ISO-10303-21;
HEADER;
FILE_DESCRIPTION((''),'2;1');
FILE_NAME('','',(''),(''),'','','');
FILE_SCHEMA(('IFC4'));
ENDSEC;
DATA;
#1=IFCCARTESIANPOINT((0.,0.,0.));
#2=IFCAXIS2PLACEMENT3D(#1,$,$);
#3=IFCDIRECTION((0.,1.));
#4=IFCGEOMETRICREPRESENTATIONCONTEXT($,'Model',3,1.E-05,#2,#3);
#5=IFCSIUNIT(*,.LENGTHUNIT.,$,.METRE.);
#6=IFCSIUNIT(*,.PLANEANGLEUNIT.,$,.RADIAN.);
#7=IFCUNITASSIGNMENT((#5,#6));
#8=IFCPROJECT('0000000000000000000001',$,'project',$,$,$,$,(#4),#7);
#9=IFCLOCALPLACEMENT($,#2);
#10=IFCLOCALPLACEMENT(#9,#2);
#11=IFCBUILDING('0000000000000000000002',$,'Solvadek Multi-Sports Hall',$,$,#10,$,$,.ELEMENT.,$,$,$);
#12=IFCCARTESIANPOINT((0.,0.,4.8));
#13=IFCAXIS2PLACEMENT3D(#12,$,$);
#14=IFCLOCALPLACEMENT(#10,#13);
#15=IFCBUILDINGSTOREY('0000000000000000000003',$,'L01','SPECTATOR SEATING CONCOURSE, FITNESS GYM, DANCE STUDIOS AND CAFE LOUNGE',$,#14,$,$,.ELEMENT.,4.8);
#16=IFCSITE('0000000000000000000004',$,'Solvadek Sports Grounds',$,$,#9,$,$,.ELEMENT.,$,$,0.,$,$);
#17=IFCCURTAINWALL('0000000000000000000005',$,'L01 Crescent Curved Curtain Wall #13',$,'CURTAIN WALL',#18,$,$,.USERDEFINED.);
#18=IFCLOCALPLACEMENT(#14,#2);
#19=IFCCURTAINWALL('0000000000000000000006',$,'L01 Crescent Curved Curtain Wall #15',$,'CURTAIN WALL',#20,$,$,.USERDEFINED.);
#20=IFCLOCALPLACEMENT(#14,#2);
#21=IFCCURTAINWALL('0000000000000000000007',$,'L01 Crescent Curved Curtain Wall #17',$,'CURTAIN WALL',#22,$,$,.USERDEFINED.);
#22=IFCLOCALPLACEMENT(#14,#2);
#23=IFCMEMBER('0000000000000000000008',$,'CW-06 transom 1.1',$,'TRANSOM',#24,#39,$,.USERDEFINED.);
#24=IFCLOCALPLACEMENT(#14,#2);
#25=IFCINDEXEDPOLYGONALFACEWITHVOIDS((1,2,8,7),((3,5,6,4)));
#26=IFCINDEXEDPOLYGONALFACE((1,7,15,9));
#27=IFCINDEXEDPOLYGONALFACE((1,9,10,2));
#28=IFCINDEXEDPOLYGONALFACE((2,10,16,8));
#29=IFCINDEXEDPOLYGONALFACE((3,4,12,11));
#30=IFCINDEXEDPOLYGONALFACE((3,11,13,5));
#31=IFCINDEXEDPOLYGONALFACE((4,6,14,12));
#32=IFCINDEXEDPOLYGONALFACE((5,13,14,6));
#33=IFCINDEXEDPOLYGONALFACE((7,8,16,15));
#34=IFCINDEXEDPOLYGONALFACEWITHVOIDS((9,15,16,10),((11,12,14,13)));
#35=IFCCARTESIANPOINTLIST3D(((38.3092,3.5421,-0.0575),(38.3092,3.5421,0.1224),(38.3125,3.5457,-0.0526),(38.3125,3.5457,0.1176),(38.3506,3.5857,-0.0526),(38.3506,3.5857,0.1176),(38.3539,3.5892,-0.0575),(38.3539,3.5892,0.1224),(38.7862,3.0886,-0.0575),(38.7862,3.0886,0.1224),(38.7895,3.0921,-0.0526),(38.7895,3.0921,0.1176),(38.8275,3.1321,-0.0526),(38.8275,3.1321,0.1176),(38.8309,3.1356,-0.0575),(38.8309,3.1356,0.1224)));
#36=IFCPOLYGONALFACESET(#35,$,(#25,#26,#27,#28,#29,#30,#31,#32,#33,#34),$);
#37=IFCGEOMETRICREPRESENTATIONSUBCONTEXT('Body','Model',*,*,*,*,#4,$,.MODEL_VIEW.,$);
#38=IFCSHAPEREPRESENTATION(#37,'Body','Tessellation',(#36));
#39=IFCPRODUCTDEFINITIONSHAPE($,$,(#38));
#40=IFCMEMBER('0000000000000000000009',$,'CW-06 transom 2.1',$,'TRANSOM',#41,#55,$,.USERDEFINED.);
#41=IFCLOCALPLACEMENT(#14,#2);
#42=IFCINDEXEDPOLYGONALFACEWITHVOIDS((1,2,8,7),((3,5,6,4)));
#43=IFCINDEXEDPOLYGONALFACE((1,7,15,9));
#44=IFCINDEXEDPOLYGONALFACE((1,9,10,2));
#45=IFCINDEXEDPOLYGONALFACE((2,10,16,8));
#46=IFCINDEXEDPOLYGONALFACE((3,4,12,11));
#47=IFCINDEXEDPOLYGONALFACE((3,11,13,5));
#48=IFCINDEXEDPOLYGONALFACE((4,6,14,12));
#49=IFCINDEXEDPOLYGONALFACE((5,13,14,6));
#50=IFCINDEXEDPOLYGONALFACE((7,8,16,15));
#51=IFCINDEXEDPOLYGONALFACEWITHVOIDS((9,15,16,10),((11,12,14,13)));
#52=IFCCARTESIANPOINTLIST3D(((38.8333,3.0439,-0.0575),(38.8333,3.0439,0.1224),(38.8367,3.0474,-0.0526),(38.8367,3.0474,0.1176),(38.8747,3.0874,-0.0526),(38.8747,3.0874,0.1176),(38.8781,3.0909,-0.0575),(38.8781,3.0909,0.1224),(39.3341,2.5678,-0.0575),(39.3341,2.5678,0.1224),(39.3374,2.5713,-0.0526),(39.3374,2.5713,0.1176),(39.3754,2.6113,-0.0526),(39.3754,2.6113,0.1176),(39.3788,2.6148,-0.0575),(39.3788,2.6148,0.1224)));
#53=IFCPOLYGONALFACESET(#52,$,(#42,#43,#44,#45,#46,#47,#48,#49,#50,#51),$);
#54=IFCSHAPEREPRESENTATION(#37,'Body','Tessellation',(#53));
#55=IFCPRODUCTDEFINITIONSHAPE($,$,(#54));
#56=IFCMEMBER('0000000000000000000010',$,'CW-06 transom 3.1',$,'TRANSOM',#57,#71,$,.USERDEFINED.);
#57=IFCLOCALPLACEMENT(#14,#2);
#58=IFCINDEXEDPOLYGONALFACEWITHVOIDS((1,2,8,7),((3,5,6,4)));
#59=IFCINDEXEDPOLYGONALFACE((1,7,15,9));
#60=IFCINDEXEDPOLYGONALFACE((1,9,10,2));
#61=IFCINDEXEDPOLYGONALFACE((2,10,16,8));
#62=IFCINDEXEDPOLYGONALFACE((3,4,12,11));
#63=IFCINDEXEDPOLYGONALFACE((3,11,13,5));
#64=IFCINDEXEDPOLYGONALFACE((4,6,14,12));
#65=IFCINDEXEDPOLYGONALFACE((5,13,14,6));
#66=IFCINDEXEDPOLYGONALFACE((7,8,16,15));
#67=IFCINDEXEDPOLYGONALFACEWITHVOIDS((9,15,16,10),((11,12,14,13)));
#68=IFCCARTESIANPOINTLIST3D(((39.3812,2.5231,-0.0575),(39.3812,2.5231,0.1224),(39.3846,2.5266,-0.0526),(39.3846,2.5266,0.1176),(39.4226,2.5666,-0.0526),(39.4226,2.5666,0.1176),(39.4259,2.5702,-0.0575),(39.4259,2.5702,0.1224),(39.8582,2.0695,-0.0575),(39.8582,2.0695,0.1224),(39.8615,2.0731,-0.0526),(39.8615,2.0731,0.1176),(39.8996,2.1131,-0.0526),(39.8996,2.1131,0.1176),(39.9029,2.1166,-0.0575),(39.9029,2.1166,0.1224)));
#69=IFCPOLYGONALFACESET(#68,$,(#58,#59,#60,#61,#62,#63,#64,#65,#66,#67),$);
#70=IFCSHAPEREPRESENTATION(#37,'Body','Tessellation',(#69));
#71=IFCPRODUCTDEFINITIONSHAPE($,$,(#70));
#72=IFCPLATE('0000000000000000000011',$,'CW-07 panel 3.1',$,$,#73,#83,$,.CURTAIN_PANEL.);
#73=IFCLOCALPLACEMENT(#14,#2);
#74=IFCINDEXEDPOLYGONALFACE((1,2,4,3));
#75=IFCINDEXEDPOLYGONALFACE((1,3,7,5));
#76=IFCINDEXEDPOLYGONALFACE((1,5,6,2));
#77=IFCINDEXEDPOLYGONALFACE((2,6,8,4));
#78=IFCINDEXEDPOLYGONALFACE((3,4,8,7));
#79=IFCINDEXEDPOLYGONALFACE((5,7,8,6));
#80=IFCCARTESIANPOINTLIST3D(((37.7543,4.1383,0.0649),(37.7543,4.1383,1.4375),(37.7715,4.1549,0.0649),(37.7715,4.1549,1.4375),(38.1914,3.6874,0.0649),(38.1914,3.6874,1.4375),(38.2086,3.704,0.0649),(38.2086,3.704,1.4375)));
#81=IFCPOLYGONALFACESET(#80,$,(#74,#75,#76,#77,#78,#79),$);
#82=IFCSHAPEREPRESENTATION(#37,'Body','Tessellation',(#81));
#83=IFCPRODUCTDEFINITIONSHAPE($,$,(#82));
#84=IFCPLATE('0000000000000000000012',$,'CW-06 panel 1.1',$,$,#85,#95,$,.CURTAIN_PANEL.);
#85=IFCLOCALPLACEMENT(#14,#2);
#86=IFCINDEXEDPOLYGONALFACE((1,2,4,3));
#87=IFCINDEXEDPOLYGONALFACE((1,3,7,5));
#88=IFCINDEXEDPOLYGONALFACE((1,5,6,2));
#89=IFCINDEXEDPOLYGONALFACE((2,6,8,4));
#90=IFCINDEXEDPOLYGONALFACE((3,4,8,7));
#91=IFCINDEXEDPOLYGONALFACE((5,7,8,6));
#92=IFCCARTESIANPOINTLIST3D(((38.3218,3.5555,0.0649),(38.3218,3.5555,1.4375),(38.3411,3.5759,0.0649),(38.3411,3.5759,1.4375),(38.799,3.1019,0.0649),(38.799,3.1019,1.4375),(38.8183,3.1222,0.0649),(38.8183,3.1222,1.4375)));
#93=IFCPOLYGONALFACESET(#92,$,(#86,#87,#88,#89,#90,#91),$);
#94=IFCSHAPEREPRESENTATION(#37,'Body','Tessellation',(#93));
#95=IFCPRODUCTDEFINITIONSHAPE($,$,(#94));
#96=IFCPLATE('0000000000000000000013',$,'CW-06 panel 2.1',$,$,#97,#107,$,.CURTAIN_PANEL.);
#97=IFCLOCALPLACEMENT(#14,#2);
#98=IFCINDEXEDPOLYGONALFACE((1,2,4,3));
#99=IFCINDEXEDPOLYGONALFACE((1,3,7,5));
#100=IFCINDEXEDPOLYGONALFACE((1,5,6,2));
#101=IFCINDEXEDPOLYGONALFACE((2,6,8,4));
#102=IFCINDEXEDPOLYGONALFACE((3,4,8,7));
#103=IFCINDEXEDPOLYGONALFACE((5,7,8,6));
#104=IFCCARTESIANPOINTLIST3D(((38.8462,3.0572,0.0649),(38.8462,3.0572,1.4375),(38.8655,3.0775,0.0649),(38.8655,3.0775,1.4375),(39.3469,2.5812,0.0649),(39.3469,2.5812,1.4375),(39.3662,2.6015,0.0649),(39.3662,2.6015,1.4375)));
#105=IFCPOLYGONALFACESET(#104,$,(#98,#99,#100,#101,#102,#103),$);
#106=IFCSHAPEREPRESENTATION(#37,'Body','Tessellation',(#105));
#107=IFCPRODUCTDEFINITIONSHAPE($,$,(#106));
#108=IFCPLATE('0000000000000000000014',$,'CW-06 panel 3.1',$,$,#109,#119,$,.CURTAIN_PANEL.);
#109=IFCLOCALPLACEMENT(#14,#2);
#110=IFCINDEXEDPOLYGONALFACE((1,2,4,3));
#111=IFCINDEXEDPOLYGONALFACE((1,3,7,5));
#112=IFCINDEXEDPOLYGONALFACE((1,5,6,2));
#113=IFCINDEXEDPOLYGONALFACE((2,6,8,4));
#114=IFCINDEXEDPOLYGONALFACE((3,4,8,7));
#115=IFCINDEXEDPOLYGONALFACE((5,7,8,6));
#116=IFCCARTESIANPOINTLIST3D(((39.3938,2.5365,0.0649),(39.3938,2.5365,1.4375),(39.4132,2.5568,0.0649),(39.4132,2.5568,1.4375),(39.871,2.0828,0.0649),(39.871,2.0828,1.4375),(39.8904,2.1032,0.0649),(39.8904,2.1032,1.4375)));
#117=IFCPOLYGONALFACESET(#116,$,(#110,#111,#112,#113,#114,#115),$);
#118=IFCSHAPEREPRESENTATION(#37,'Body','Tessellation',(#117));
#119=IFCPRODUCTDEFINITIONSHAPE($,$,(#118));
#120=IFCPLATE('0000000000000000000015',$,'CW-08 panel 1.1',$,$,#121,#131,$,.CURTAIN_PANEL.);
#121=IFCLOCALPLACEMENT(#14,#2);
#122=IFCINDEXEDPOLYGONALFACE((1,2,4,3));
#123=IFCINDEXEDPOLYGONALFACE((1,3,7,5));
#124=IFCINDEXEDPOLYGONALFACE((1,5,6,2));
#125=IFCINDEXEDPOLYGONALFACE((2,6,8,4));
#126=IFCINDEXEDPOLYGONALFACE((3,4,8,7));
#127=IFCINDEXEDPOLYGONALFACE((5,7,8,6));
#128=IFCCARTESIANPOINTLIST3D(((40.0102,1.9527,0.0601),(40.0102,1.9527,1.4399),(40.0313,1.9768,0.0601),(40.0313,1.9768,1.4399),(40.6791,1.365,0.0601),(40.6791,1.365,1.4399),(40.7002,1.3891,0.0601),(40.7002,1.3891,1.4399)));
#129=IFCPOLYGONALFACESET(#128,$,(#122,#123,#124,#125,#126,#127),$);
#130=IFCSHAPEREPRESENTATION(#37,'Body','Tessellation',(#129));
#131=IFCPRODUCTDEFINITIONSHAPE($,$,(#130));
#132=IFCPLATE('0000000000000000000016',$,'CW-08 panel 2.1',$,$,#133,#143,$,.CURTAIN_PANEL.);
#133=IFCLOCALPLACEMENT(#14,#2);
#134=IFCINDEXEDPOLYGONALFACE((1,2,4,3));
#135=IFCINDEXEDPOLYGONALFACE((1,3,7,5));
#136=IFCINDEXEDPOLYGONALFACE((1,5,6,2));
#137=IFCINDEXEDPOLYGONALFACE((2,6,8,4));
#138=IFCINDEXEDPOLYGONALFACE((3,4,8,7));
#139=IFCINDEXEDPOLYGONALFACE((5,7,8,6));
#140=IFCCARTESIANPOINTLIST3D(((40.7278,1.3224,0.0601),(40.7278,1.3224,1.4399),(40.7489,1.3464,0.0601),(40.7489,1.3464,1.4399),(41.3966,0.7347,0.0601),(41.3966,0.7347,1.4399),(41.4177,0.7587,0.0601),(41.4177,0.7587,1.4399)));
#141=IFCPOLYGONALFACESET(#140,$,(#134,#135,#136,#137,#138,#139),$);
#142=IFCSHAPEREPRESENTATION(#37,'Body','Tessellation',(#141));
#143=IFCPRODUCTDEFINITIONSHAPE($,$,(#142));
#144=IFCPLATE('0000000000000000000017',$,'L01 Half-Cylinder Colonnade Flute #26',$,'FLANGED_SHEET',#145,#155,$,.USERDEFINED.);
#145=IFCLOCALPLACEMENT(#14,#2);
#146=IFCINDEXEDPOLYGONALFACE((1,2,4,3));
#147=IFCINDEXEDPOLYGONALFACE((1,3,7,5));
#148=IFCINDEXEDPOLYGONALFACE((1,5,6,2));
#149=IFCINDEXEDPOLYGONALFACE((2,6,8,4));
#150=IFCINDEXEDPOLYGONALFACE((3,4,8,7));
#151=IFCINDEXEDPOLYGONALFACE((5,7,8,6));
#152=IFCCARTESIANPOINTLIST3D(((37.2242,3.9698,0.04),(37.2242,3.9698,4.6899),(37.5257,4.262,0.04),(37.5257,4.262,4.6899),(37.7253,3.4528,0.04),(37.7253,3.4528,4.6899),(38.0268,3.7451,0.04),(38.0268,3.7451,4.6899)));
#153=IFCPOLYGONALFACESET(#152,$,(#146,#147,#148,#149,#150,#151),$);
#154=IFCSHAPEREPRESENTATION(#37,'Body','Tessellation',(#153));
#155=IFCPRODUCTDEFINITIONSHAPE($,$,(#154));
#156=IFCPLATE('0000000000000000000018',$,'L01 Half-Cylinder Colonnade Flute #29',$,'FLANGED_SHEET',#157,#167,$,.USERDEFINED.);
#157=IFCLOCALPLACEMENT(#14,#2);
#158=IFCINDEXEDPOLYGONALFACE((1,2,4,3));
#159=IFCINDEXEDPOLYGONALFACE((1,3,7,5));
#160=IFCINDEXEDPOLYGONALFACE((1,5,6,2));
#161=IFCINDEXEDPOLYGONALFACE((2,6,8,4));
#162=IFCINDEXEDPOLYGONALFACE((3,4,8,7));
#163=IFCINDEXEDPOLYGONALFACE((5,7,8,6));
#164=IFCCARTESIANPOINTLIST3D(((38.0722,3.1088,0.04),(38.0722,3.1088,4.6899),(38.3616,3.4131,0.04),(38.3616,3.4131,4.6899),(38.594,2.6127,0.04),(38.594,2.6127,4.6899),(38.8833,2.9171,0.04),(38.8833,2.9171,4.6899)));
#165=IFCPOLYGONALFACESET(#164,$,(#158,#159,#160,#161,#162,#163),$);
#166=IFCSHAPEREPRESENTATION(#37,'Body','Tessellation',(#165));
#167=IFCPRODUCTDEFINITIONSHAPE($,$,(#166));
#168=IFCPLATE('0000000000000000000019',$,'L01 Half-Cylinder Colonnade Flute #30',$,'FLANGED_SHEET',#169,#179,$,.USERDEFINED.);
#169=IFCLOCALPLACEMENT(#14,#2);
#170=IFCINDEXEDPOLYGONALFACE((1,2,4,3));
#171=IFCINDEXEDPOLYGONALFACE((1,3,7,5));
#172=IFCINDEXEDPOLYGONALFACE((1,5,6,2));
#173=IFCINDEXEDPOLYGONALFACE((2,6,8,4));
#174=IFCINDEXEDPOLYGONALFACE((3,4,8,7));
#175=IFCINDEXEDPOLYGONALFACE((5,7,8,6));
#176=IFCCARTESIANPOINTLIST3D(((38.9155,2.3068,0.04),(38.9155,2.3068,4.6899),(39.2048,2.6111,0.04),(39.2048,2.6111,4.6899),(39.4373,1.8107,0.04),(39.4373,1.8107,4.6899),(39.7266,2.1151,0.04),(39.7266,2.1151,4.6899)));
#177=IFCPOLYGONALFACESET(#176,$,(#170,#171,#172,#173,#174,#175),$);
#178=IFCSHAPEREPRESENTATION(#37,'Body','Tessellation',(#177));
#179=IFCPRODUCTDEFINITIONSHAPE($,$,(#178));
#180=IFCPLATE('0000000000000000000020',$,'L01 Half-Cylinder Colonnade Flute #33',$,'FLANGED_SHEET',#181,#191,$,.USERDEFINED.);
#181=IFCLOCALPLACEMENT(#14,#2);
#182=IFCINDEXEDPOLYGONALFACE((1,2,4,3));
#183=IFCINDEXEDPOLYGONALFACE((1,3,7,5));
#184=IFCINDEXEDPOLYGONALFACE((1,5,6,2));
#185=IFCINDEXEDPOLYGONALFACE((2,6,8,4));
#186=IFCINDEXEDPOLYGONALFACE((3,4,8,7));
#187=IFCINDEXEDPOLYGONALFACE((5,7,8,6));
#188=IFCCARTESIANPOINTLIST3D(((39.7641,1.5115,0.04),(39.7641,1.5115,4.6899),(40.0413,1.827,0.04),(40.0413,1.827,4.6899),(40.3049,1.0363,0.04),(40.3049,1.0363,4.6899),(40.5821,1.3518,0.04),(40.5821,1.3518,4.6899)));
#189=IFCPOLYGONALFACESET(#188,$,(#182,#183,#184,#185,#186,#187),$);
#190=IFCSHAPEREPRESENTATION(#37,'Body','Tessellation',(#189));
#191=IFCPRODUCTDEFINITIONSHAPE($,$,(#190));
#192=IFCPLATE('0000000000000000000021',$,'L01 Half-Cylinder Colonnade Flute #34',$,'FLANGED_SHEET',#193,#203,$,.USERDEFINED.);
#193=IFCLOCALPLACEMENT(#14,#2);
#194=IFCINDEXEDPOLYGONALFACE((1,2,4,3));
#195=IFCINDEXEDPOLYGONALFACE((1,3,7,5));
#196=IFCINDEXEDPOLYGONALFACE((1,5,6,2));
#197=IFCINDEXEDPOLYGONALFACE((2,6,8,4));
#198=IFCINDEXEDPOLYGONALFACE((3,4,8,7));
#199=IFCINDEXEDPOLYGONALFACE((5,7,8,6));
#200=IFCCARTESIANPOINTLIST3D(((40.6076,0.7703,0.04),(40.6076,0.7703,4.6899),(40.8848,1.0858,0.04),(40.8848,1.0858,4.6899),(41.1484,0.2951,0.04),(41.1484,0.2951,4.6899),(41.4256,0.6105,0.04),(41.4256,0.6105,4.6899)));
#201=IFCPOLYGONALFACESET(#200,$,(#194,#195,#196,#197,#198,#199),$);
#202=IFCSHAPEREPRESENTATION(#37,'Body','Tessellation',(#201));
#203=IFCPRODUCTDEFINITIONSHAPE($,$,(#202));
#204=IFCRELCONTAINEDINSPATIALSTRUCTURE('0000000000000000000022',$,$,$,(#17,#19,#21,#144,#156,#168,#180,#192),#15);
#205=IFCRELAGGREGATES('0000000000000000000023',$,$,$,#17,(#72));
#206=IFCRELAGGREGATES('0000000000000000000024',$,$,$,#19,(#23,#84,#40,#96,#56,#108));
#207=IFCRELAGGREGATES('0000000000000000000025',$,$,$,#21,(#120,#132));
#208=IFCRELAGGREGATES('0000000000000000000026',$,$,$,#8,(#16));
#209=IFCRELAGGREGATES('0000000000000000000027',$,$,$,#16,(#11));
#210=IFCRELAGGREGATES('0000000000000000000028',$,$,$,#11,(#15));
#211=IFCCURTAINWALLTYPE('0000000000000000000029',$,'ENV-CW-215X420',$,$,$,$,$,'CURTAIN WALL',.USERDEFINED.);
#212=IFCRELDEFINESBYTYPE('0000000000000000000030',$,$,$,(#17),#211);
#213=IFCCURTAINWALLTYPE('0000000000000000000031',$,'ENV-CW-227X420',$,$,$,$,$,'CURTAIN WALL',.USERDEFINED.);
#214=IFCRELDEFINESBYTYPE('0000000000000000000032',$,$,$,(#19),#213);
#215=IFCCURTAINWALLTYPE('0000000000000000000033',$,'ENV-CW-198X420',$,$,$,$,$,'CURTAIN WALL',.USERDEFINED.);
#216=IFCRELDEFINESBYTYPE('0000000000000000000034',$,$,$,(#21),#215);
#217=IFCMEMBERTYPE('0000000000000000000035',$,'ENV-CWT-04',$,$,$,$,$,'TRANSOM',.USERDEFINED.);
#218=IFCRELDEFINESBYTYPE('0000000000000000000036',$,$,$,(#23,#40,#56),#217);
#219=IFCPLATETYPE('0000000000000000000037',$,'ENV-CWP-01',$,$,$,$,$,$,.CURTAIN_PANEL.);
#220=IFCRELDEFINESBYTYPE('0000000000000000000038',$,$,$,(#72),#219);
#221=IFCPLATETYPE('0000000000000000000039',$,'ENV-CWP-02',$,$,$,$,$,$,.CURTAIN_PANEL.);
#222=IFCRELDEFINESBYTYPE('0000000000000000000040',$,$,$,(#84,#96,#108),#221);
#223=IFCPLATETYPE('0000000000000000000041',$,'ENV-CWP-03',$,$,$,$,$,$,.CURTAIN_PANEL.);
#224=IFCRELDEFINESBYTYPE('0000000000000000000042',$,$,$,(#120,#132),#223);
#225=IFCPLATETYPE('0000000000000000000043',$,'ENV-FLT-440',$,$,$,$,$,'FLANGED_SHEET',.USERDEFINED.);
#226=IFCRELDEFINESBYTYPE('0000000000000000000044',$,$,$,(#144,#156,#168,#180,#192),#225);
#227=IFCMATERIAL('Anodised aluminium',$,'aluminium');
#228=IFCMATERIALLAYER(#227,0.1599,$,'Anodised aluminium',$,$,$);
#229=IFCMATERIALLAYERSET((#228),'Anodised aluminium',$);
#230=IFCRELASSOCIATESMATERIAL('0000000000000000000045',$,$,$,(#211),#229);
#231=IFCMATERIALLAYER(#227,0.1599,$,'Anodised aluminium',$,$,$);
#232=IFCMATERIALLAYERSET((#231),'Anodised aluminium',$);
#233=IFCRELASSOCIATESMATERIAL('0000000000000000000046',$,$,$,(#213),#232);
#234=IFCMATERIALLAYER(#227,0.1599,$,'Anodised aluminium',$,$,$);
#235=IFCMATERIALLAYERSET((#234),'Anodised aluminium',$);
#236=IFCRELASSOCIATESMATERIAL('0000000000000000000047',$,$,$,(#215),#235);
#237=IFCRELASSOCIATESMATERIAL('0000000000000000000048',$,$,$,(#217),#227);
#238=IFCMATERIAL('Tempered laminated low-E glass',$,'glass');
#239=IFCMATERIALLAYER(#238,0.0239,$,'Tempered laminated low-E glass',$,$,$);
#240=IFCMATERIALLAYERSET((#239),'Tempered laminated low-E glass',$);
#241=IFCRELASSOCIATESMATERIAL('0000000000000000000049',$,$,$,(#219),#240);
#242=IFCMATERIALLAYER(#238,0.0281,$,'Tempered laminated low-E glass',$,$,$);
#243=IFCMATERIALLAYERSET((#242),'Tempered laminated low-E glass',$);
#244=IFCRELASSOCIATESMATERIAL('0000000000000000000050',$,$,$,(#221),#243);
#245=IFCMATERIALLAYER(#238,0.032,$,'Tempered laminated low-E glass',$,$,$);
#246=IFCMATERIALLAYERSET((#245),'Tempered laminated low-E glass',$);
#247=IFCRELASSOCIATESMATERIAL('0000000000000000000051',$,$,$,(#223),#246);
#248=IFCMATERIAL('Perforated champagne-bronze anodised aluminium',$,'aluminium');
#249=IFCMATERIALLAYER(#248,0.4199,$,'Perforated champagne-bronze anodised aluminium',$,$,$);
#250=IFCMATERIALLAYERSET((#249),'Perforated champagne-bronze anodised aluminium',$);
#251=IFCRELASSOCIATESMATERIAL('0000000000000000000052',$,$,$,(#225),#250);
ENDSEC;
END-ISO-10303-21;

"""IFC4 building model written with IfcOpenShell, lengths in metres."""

from ifc_helpers import new_model, si_unit, direction, frame, origin, origin_2d, place, context, subcontext, project, spatial, rectangle, hollow_rectangle, extrude, material, layer, layer_set, material_profile, profile_set, type_object, element, aggregate, save


model = new_model("IFC4")

# Units and contexts
model_context = context("Model", 3, precision=1e-05, world=origin(), true_north=direction((0.0, 1.0)))
body_context = subcontext(model_context, "Body", "Model", "MODEL_VIEW")
ifc_project = project(units=[si_unit("LENGTHUNIT", "METRE"), si_unit("PLANEANGLEUNIT", "RADIAN")], contexts=[model_context])

# Site, building, storey
site_placement = place(None, origin())
site = spatial("IfcSite", under=ifc_project, at=site_placement, Name="Solvadek Sports Grounds", CompositionType="ELEMENT", RefElevation=0.0)
building_placement = place(site_placement, origin())
building = spatial("IfcBuilding", under=site, at=building_placement, Name="Solvadek Multi-Sports Hall", CompositionType="ELEMENT")
storey_placement = place(building_placement, frame((0.0, 0.0, 4.8)))
storey = spatial("IfcBuildingStorey", under=building, at=storey_placement, Name="L01", Description="SPECTATOR SEATING CONCOURSE, FITNESS GYM, DANCE STUDIOS AND CAFE LOUNGE", CompositionType="ELEMENT", Elevation=4.8)

# Curtain wall
ifc_material_1 = material(Name="Anodised aluminium", Category="aluminium")
ifc_layer_1 = layer(ifc_material_1, 0.1599, Name="Anodised aluminium")
ifc_layer_set_1 = layer_set([ifc_layer_1], Name="Anodised aluminium")
curtain_wall_type_1 = type_object("IfcCurtainWallType", Name="ENV-CW-215X420", ElementType="CURTAIN WALL", PredefinedType="USERDEFINED", material=ifc_layer_set_1)
curtain_wall_1_placement = place(storey_placement, origin())
curtain_wall_1 = element("IfcCurtainWall", 1, at=curtain_wall_1_placement, inside=storey, type_object=curtain_wall_type_1, Name="L01 Crescent Curved Curtain Wall #13", ObjectType="CURTAIN WALL", PredefinedType="USERDEFINED")

# Curtain walls
ifc_layer_2 = layer(ifc_material_1, 0.1599, Name="Anodised aluminium")
ifc_layer_set_2 = layer_set([ifc_layer_2], Name="Anodised aluminium")
curtain_wall_type_2 = type_object("IfcCurtainWallType", Name="ENV-CW-227X420", ElementType="CURTAIN WALL", PredefinedType="USERDEFINED", material=ifc_layer_set_2)
curtain_wall_2_placement = place(storey_placement, origin())
curtain_wall_2 = element("IfcCurtainWall", 2, at=curtain_wall_2_placement, inside=storey, type_object=curtain_wall_type_2, Name="L01 Crescent Curved Curtain Wall #15", ObjectType="CURTAIN WALL", PredefinedType="USERDEFINED")
ifc_layer_3 = layer(ifc_material_1, 0.1599, Name="Anodised aluminium")
ifc_layer_set_3 = layer_set([ifc_layer_3], Name="Anodised aluminium")
curtain_wall_type_3 = type_object("IfcCurtainWallType", Name="ENV-CW-198X420", ElementType="CURTAIN WALL", PredefinedType="USERDEFINED", material=ifc_layer_set_3)
curtain_wall_3_placement = place(storey_placement, origin())
curtain_wall_3 = element("IfcCurtainWall", 3, at=curtain_wall_3_placement, inside=storey, type_object=curtain_wall_type_3, Name="L01 Crescent Curved Curtain Wall #17", ObjectType="CURTAIN WALL", PredefinedType="USERDEFINED")

# Members
ifc_material_profile_1 = material_profile(ifc_material_1, hollow_rectangle(XDim=0.0649, YDim=0.1799, WallThickness=0.0049, at=origin_2d()), Name="ALU-T 180x65x5")
ifc_profile_set_1 = profile_set([ifc_material_profile_1], Name="Anodised aluminium")
member_type_1 = type_object("IfcMemberType", Name="ENV-CWT-04", ElementType="TRANSOM", PredefinedType="USERDEFINED", material=ifc_profile_set_1)
member_1_placement = place(storey_placement, frame((38.3315, 3.5657, 0.0325), z_axis=(0.724685, -0.689081, 0.0), x_axis=(0.689081, 0.724685, 0.0)))
member_1 = element("IfcMember", 4, at=member_1_placement, type_object=member_type_1, Name="CW-06 transom 1.1", ObjectType="TRANSOM", PredefinedType="USERDEFINED", context=body_context, shape_type="SweptSolid", body=[
    extrude(hollow_rectangle(XDim=0.0649, YDim=0.1799, WallThickness=0.0049, at=origin_2d()), origin(), (0.0, 0.0, 1.0), 0.6582),
])
member_2_placement = place(storey_placement, frame((38.8557, 3.0674, 0.0325), z_axis=(0.724726, -0.689037, 0.0), x_axis=(0.689037, 0.724726, 0.0)))
member_2 = element("IfcMember", 5, at=member_2_placement, type_object=member_type_1, Name="CW-06 transom 2.1", ObjectType="TRANSOM", PredefinedType="USERDEFINED", context=body_context, shape_type="SweptSolid", body=[
    extrude(hollow_rectangle(XDim=0.0649, YDim=0.1799, WallThickness=0.0049, at=origin_2d()), origin(), (0.0, 0.0, 1.0), 0.6909),
])
member_3_placement = place(storey_placement, frame((39.4036, 2.5466, 0.0325), z_axis=(0.724685, -0.689081, 0.0), x_axis=(0.689081, 0.724685, 0.0)))
member_3 = element("IfcMember", 6, at=member_3_placement, type_object=member_type_1, Name="CW-06 transom 3.1", ObjectType="TRANSOM", PredefinedType="USERDEFINED", context=body_context, shape_type="SweptSolid", body=[
    extrude(hollow_rectangle(XDim=0.0649, YDim=0.1799, WallThickness=0.0049, at=origin_2d()), origin(), (0.0, 0.0, 1.0), 0.6582),
])

# Plates
ifc_material_2 = material(Name="Tempered laminated low-E glass", Category="glass")
ifc_layer_4 = layer(ifc_material_2, 0.0239, Name="Tempered laminated low-E glass")
ifc_layer_set_4 = layer_set([ifc_layer_4], Name="Tempered laminated low-E glass")
plate_type_1 = type_object("IfcPlateType", Name="ENV-CWP-01", PredefinedType="CURTAIN_PANEL", material=ifc_layer_set_4)
plate_1_placement = place(storey_placement, frame((37.9814, 3.9211, 0.0649), z_axis=(0.0, 0.0, 1.0), x_axis=(0.695994, -0.718048, 0.0)))
plate_1 = element("IfcPlate", 7, at=plate_1_placement, type_object=plate_type_1, Name="CW-07 panel 3.1", PredefinedType="CURTAIN_PANEL", context=body_context, shape_type="SweptSolid", body=[
    extrude(rectangle(XDim=0.6279, YDim=0.0239, at=origin_2d()), origin(), (0.0, 0.0, 1.0), 1.3726),
])
aggregate(curtain_wall_1, [plate_1])
ifc_layer_5 = layer(ifc_material_2, 0.0281, Name="Tempered laminated low-E glass")
ifc_layer_set_5 = layer_set([ifc_layer_5], Name="Tempered laminated low-E glass")
plate_type_2 = type_object("IfcPlateType", Name="ENV-CWP-02", PredefinedType="CURTAIN_PANEL", material=ifc_layer_set_5)
plate_2_placement = place(storey_placement, frame((38.5701, 3.3389, 0.0649), z_axis=(0.0, 0.0, 1.0), x_axis=(0.724764, -0.688997, 0.0)))
plate_2 = element("IfcPlate", 8, at=plate_2_placement, type_object=plate_type_2, Name="CW-06 panel 1.1", PredefinedType="CURTAIN_PANEL", context=body_context, shape_type="SweptSolid", body=[
    extrude(rectangle(XDim=0.6584, YDim=0.0281, at=origin_2d()), origin(), (0.0, 0.0, 1.0), 1.3726),
])
plate_3_placement = place(storey_placement, frame((39.1062, 2.8293, 0.0649), z_axis=(0.0, 0.0, 1.0), x_axis=(0.724764, -0.688997, 0.0)))
plate_3 = element("IfcPlate", 9, at=plate_3_placement, type_object=plate_type_2, Name="CW-06 panel 2.1", PredefinedType="CURTAIN_PANEL", context=body_context, shape_type="SweptSolid", body=[
    extrude(rectangle(XDim=0.6909, YDim=0.0281, at=origin_2d()), origin(), (0.0, 0.0, 1.0), 1.3726),
])
plate_4_placement = place(storey_placement, frame((39.6421, 2.3198, 0.0649), z_axis=(0.0, 0.0, 1.0), x_axis=(0.724764, -0.688997, 0.0)))
plate_4 = element("IfcPlate", 10, at=plate_4_placement, type_object=plate_type_2, Name="CW-06 panel 3.1", PredefinedType="CURTAIN_PANEL", context=body_context, shape_type="SweptSolid", body=[
    extrude(rectangle(XDim=0.6584, YDim=0.0281, at=origin_2d()), origin(), (0.0, 0.0, 1.0), 1.3726),
])
aggregate(curtain_wall_2, [member_1, plate_2, member_2, plate_3, member_3, plate_4])
ifc_layer_6 = layer(ifc_material_2, 0.032, Name="Tempered laminated low-E glass")
ifc_layer_set_6 = layer_set([ifc_layer_6], Name="Tempered laminated low-E glass")
plate_type_3 = type_object("IfcPlateType", Name="ENV-CWP-03", PredefinedType="CURTAIN_PANEL", material=ifc_layer_set_6)
plate_5_placement = place(storey_placement, frame((40.3552, 1.6709, 0.0601), z_axis=(0.0, 0.0, 1.0), x_axis=(0.751217, -0.660055, 0.0)))
plate_5 = element("IfcPlate", 11, at=plate_5_placement, type_object=plate_type_3, Name="CW-08 panel 1.1", PredefinedType="CURTAIN_PANEL", context=body_context, shape_type="SweptSolid", body=[
    extrude(rectangle(XDim=0.8904, YDim=0.032, at=origin_2d()), origin(), (0.0, 0.0, 1.0), 1.3799),
])
plate_6_placement = place(storey_placement, frame((41.0728, 1.0405, 0.0601), z_axis=(0.0, 0.0, 1.0), x_axis=(0.751217, -0.660055, 0.0)))
plate_6 = element("IfcPlate", 12, at=plate_6_placement, type_object=plate_type_3, Name="CW-08 panel 2.1", PredefinedType="CURTAIN_PANEL", context=body_context, shape_type="SweptSolid", body=[
    extrude(rectangle(XDim=0.8904, YDim=0.032, at=origin_2d()), origin(), (0.0, 0.0, 1.0), 1.3799),
])
aggregate(curtain_wall_3, [plate_5, plate_6])

# Plates
ifc_material_3 = material(Name="Perforated champagne-bronze anodised aluminium", Category="aluminium")
ifc_layer_7 = layer(ifc_material_3, 0.4199, Name="Perforated champagne-bronze anodised aluminium")
ifc_layer_set_7 = layer_set([ifc_layer_7], Name="Perforated champagne-bronze anodised aluminium")
plate_type_4 = type_object("IfcPlateType", Name="ENV-FLT-440", ElementType="FLANGED_SHEET", PredefinedType="USERDEFINED", material=ifc_layer_set_7)
for number, where, z_axis, x_axis, name in (
    (13, (37.6255, 3.8574, 0.04), (0.0, 0.0, 1.0), (0.696005, -0.718037, 0.0), "L01 Half-Cylinder Colonnade Flute #26"),
    (14, (38.4778, 3.0129, 0.04), (0.0, 0.0, 1.0), (0.724733, -0.689029, 0.0), "L01 Half-Cylinder Colonnade Flute #29"),
    (15, (39.321, 2.2109, 0.04), (0.0, 0.0, 1.0), (0.724733, -0.689029, 0.0), "L01 Half-Cylinder Colonnade Flute #30"),
    (16, (40.1731, 1.4316, 0.04), (0.0, 0.0, 1.0), (0.751215, -0.660057, 0.0), "L01 Half-Cylinder Colonnade Flute #33"),
    (17, (41.0166, 0.6904, 0.04), (0.0, 0.0, 1.0), (0.751215, -0.660057, 0.0), "L01 Half-Cylinder Colonnade Flute #34"),
):
    element("IfcPlate", number, at=place(storey_placement, frame(where, z_axis=z_axis, x_axis=x_axis)), inside=storey, type_object=plate_type_4, Name=name, ObjectType="FLANGED_SHEET", PredefinedType="USERDEFINED", context=body_context, shape_type="SweptSolid", body=[
        extrude(rectangle(XDim=0.72, YDim=0.4199, at=origin_2d()), origin(), (0.0, 0.0, 1.0), 4.6499),
    ])

save(model, "model.ifc")
